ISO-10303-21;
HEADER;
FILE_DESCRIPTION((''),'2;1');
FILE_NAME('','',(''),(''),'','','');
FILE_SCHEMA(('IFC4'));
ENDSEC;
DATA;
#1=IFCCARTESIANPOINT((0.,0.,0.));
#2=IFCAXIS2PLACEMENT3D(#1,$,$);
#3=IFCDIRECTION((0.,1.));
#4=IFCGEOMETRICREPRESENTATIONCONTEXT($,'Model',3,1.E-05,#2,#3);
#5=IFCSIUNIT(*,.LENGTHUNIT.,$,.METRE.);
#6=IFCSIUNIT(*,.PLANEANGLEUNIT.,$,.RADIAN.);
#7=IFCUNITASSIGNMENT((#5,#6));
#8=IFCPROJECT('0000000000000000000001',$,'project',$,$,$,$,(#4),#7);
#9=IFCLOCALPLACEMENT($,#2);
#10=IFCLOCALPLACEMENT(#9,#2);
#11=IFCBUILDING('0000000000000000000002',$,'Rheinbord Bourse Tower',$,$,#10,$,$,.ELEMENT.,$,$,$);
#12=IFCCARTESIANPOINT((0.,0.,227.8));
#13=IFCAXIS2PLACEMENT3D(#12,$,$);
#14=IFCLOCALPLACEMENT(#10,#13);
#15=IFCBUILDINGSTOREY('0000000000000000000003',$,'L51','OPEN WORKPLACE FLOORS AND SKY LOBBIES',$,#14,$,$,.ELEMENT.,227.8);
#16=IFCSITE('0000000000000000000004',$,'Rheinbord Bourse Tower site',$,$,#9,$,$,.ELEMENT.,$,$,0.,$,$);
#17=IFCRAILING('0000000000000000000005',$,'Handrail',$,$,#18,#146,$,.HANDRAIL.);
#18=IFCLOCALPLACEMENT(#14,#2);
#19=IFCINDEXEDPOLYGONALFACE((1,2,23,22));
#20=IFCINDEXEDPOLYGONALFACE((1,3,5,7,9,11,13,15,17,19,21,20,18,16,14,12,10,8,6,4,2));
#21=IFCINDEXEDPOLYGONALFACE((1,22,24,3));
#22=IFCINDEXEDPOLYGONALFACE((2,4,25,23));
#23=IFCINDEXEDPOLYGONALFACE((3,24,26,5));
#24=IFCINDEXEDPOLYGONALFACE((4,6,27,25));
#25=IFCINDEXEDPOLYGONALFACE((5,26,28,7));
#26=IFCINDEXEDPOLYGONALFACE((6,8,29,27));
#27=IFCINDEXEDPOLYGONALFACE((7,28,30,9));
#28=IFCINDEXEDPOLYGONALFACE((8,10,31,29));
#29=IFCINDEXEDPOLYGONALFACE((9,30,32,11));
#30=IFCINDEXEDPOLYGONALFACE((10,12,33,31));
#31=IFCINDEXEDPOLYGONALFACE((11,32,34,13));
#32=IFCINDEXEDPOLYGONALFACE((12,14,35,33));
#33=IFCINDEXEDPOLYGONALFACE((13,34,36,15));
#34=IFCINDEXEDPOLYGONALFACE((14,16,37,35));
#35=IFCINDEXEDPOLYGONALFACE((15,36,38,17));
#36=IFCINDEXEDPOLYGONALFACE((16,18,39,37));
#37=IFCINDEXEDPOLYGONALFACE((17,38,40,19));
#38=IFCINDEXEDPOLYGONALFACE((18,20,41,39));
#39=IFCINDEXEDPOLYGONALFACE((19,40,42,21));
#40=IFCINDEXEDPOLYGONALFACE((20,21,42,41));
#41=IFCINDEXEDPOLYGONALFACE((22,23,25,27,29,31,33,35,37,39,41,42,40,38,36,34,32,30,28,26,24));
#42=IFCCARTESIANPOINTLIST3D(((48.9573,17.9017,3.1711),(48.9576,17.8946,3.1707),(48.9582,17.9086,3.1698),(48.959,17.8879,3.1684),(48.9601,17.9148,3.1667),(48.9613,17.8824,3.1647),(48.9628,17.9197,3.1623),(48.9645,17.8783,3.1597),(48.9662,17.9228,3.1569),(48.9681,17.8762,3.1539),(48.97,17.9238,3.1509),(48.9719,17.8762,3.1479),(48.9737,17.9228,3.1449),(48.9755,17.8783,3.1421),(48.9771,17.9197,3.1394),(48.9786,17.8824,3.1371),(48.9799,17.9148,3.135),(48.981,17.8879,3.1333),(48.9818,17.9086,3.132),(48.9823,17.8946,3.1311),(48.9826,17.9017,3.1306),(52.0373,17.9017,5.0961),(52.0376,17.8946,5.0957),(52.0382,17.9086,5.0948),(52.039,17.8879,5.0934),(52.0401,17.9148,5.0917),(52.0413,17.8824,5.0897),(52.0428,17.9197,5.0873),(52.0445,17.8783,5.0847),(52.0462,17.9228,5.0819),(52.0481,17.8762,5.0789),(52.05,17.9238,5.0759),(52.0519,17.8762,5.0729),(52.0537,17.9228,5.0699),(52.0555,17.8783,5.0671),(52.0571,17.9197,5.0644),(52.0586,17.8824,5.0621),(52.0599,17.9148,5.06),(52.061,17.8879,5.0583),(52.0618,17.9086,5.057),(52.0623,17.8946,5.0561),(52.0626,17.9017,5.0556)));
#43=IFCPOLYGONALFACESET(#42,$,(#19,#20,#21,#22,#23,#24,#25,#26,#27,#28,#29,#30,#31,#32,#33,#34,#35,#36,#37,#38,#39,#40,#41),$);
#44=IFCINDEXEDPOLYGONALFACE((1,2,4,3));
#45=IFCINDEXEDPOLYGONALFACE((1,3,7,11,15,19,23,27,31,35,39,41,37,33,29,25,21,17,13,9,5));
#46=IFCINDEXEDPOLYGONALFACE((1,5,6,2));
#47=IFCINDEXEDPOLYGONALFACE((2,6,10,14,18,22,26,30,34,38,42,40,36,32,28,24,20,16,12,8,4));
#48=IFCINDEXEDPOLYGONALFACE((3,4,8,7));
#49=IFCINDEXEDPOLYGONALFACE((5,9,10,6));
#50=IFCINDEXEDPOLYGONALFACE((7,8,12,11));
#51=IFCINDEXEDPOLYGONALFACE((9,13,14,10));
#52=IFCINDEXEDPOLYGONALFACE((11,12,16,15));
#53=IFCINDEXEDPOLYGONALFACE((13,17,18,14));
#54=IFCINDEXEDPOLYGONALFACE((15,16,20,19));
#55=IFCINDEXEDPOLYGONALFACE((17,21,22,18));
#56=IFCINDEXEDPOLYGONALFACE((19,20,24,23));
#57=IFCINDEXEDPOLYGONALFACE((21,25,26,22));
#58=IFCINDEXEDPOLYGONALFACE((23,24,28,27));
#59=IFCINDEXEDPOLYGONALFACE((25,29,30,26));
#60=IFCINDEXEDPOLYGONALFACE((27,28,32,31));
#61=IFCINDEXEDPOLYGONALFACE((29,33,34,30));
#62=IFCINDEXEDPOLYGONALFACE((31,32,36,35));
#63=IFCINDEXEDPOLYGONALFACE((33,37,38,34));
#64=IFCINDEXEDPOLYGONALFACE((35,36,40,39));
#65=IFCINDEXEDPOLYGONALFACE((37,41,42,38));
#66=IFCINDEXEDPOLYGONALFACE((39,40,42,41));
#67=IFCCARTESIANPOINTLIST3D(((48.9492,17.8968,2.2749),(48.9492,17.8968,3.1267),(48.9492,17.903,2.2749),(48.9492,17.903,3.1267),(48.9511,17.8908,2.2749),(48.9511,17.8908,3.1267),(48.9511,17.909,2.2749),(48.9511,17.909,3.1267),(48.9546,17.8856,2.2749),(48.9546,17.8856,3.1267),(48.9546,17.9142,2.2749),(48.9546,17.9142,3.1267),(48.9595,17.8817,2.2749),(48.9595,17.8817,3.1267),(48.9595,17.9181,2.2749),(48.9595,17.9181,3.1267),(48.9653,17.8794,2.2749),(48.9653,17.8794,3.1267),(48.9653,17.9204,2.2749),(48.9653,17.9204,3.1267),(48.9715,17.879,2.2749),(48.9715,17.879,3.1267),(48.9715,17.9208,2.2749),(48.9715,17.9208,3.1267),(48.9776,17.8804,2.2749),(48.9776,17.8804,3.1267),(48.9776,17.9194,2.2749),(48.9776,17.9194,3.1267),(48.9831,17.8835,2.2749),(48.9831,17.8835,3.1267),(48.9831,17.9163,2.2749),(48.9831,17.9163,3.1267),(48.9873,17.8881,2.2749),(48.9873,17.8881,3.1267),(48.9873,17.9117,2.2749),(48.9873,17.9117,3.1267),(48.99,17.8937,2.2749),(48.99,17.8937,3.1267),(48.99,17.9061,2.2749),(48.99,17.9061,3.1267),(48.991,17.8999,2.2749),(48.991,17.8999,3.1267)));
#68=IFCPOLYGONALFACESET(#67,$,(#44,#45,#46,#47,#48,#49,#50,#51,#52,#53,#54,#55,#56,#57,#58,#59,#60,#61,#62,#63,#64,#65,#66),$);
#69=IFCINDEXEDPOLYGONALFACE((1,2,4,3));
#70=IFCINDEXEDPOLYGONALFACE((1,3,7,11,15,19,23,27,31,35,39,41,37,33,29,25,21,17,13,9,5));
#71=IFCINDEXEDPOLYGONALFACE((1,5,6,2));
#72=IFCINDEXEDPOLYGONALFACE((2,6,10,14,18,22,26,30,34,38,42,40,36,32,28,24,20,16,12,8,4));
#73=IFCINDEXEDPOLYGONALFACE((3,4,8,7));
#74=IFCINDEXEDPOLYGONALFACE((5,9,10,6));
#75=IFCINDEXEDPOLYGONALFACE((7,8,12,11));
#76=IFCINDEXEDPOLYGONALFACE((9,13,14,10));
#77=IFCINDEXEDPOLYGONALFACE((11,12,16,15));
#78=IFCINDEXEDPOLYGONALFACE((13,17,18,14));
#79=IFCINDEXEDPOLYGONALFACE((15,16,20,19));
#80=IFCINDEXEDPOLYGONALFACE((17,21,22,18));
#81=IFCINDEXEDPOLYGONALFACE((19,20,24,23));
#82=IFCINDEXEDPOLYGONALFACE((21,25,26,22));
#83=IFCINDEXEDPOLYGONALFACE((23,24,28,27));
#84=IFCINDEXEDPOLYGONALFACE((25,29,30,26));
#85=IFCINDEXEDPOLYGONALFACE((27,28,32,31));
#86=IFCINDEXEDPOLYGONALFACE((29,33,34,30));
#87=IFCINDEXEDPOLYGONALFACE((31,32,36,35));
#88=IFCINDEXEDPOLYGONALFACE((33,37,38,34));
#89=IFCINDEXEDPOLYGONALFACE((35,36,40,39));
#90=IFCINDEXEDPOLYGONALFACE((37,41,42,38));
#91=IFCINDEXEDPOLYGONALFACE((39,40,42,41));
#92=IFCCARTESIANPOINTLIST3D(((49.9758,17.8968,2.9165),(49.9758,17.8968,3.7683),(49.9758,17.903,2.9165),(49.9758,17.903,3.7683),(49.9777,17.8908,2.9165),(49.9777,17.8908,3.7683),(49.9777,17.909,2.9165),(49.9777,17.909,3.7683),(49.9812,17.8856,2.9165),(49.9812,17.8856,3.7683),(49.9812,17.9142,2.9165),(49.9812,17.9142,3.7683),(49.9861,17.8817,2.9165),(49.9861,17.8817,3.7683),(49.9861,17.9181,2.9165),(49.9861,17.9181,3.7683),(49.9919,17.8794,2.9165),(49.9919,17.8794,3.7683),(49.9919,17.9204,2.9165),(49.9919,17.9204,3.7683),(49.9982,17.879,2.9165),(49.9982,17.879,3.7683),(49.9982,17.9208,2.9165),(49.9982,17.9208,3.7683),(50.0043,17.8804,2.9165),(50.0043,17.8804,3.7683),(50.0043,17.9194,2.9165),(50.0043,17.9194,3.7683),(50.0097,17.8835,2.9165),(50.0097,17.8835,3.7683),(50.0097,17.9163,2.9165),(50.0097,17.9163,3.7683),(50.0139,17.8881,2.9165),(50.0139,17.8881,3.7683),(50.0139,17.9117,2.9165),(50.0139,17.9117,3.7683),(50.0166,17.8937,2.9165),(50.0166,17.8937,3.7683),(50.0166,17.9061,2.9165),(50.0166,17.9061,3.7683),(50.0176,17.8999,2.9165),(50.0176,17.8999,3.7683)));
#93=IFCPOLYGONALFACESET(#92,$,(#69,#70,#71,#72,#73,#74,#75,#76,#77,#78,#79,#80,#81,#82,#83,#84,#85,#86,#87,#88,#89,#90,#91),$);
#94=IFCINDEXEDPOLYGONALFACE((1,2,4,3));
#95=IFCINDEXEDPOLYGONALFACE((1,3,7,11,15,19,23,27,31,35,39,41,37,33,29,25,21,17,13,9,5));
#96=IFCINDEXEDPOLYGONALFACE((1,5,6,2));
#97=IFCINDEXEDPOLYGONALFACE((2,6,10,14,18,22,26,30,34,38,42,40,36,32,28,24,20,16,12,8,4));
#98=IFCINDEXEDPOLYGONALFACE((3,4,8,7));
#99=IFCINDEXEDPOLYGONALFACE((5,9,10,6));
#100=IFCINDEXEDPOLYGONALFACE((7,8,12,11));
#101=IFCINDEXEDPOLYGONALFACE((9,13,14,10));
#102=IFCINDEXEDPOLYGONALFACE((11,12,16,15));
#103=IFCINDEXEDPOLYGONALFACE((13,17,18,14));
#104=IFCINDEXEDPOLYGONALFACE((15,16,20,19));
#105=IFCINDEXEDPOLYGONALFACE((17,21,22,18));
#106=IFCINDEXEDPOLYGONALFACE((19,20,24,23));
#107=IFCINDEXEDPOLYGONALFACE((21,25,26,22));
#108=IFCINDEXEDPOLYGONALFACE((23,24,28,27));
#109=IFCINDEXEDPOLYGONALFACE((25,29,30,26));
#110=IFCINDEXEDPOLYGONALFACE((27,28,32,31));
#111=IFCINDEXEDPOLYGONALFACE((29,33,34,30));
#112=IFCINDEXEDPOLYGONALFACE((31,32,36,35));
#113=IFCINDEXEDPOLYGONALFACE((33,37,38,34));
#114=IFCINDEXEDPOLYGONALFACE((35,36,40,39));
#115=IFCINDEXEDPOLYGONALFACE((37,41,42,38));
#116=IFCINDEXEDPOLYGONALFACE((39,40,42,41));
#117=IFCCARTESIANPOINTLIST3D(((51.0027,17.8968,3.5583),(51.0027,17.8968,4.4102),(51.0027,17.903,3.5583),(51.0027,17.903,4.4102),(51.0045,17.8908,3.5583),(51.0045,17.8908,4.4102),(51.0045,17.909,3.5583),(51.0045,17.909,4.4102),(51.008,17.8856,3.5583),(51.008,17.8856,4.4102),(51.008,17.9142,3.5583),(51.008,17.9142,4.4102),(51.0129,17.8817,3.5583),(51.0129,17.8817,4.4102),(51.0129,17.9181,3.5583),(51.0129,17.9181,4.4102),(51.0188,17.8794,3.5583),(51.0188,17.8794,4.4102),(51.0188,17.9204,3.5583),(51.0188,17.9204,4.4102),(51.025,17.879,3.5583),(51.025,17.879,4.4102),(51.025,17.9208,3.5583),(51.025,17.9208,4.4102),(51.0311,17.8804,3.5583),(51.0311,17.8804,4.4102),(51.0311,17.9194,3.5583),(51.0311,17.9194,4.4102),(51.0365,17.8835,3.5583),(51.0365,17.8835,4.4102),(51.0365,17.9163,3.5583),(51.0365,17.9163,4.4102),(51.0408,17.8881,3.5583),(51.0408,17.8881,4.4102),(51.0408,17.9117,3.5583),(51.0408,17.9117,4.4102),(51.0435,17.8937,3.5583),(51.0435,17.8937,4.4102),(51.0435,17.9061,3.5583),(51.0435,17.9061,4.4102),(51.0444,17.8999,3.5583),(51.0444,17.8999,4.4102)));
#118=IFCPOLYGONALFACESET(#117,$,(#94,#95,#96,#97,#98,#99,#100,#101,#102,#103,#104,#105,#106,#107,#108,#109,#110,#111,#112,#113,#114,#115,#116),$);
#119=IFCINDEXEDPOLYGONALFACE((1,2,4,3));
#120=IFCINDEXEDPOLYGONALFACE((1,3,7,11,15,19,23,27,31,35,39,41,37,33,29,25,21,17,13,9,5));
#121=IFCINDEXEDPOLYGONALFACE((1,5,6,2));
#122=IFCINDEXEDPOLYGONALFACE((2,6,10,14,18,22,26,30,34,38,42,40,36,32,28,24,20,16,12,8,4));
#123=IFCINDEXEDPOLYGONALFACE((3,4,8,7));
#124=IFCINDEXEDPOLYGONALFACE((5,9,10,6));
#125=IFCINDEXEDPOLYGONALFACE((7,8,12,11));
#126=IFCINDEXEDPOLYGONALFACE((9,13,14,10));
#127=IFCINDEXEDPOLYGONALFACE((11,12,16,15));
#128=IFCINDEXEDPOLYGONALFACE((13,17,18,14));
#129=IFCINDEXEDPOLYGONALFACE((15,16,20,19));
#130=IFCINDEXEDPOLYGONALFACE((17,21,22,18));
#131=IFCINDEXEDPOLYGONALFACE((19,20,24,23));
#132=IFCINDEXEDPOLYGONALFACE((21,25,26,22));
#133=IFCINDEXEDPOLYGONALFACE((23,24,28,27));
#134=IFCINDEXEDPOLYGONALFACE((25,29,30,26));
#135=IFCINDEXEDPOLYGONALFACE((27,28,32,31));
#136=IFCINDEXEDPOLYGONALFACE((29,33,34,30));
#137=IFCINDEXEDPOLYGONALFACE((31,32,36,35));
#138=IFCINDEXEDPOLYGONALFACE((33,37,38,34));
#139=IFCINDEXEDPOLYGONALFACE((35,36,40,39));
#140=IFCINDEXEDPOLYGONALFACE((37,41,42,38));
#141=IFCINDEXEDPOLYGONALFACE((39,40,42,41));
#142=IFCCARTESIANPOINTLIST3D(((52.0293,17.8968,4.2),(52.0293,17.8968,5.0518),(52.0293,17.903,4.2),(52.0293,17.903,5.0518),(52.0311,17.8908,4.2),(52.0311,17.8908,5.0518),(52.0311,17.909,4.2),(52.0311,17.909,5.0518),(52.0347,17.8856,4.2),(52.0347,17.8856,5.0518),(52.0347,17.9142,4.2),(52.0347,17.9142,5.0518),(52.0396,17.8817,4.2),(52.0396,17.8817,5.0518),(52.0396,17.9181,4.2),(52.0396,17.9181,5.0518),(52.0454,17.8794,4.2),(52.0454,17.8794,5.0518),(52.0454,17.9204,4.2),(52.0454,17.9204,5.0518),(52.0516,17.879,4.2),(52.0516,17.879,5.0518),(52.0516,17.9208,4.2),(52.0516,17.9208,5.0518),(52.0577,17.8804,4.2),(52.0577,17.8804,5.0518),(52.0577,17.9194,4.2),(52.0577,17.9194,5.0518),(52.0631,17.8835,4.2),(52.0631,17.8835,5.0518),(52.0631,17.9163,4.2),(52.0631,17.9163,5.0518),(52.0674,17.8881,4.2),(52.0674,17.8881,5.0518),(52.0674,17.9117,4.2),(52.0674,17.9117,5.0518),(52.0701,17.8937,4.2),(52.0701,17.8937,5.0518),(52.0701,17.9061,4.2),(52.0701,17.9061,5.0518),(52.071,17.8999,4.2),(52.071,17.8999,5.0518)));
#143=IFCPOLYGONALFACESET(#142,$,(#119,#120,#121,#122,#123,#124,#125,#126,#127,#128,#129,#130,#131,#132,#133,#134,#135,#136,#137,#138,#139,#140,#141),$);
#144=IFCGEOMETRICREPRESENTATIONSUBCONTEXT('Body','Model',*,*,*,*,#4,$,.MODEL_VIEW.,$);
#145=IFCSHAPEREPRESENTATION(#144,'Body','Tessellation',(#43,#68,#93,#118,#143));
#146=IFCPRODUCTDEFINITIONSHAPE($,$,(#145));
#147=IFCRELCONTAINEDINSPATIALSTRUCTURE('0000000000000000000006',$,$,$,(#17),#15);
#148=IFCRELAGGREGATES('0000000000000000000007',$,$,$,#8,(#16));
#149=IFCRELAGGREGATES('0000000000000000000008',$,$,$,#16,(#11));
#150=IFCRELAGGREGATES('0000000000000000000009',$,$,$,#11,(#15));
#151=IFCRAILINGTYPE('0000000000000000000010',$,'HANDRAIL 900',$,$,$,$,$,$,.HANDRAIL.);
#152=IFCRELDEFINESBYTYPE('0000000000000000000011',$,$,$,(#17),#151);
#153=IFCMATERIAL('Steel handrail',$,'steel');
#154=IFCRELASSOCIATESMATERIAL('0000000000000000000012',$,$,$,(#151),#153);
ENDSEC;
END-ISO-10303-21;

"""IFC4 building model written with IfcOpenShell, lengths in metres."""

from ifc_helpers import new_model, si_unit, direction, frame, origin, origin_2d, place, context, subcontext, project, spatial, circle, extrude, material, type_object, element, save


model = new_model("IFC4")

# Units and contexts
model_context = context("Model", 3, precision=1e-05, world=origin(), true_north=direction((0.0, 1.0)))
body_context = subcontext(model_context, "Body", "Model", "MODEL_VIEW")
ifc_project = project(units=[si_unit("LENGTHUNIT", "METRE"), si_unit("PLANEANGLEUNIT", "RADIAN")], contexts=[model_context])

# Site, building, storey
site_placement = place(None, origin())
site = spatial("IfcSite", under=ifc_project, at=site_placement, Name="Rheinbord Bourse Tower site", CompositionType="ELEMENT", RefElevation=0.0)
building_placement = place(site_placement, origin())
building = spatial("IfcBuilding", under=site, at=building_placement, Name="Rheinbord Bourse Tower", CompositionType="ELEMENT")
storey_placement = place(building_placement, frame((0.0, 0.0, 227.8)))
storey = spatial("IfcBuildingStorey", under=building, at=storey_placement, Name="L51", Description="OPEN WORKPLACE FLOORS AND SKY LOBBIES", CompositionType="ELEMENT", Elevation=227.8)

# Railing
ifc_material_1 = material(Name="Steel handrail", Category="steel")
railing_type = type_object("IfcRailingType", Name="HANDRAIL 900", PredefinedType="HANDRAIL", material=ifc_material_1)
railing_1_placement = place(storey_placement, frame((48.97, 17.8999, 2.2749)))
element("IfcRailing", 1, at=railing_1_placement, inside=storey, type_object=railing_type, Name="Handrail", PredefinedType="HANDRAIL", context=body_context, shape_type="SweptSolid", body=[
    extrude(circle(Radius=0.0239, at=origin_2d()), frame((0.0, 0.0, 0.876), z_axis=(0.847998, 0.0, 0.529999), x_axis=(0.0, 1.0, 0.0)), (0.0, 0.0, 1.0), 3.6321),
    extrude(circle(Radius=0.021, at=origin_2d()), origin(), (0.0, 0.0, 1.0), 0.8518),
    extrude(circle(Radius=0.021, at=origin_2d()), frame((1.0266, 0.0, 0.6416)), (0.0, 0.0, 1.0), 0.8518),
    extrude(circle(Radius=0.021, at=origin_2d()), frame((2.0535, 0.0, 1.2834)), (0.0, 0.0, 1.0), 0.8518),
    extrude(circle(Radius=0.021, at=origin_2d()), frame((3.0801, 0.0, 1.925)), (0.0, 0.0, 1.0), 0.8518),
])

save(model, "model.ifc")
